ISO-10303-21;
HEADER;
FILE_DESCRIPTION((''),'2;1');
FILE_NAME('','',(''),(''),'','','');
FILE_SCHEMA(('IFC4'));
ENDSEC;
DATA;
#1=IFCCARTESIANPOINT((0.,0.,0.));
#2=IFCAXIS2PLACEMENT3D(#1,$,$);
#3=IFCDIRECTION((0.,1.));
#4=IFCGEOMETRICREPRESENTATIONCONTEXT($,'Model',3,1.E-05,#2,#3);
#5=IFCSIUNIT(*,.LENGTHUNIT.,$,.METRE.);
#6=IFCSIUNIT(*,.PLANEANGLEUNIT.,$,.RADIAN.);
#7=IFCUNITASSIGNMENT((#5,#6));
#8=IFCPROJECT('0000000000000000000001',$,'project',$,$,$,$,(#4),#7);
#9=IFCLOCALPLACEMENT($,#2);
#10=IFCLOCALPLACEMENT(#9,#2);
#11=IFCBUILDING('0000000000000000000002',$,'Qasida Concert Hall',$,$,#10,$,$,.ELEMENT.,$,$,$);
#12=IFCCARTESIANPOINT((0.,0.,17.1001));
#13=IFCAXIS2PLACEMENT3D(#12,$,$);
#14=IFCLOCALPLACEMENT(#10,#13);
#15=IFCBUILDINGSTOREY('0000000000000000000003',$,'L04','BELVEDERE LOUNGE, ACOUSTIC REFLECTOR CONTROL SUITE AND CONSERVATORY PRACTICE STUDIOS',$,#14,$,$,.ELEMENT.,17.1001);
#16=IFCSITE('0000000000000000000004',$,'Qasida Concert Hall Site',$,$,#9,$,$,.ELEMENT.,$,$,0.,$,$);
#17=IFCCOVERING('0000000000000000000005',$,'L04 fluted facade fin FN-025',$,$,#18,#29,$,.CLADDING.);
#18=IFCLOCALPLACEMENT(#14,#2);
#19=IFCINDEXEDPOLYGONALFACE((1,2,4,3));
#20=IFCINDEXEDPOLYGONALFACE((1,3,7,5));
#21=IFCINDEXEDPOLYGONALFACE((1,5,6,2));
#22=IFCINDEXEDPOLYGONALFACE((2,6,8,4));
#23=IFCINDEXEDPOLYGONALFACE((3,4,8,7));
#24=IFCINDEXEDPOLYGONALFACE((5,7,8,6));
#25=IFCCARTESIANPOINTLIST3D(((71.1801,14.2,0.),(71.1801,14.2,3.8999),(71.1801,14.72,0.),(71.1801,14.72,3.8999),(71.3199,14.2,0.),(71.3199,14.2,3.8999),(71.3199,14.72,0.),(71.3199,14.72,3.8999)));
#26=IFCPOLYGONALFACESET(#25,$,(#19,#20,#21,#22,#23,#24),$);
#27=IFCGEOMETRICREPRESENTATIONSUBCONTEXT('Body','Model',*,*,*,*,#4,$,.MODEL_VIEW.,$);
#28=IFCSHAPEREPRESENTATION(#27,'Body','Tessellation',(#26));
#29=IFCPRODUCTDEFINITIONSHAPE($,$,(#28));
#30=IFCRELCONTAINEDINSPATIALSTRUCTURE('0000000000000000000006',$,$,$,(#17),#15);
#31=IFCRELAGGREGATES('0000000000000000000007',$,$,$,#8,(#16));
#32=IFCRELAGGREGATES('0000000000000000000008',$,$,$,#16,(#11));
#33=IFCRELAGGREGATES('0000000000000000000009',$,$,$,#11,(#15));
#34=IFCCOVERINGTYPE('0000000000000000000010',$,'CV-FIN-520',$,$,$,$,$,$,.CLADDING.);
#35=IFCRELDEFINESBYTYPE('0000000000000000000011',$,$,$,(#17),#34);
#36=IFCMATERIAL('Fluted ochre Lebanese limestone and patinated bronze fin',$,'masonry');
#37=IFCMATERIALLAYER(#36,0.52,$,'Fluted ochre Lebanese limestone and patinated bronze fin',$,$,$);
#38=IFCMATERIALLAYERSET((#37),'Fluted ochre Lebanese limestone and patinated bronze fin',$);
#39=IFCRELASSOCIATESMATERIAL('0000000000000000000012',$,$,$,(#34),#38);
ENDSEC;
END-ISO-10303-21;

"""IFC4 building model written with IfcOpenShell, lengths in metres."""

from ifc_helpers import new_model, si_unit, direction, frame, origin, origin_2d, place, context, subcontext, project, spatial, rectangle, extrude, material, layer, layer_set, type_object, element, save


model = new_model("IFC4")

# Units and contexts
model_context = context("Model", 3, precision=1e-05, world=origin(), true_north=direction((0.0, 1.0)))
body_context = subcontext(model_context, "Body", "Model", "MODEL_VIEW")
ifc_project = project(units=[si_unit("LENGTHUNIT", "METRE"), si_unit("PLANEANGLEUNIT", "RADIAN")], contexts=[model_context])

# Site, building, storey
site_placement = place(None, origin())
site = spatial("IfcSite", under=ifc_project, at=site_placement, Name="Qasida Concert Hall Site", CompositionType="ELEMENT", RefElevation=0.0)
building_placement = place(site_placement, origin())
building = spatial("IfcBuilding", under=site, at=building_placement, Name="Qasida Concert Hall", CompositionType="ELEMENT")
storey_placement = place(building_placement, frame((0.0, 0.0, 17.1001)))
storey = spatial("IfcBuildingStorey", under=building, at=storey_placement, Name="L04", Description="BELVEDERE LOUNGE, ACOUSTIC REFLECTOR CONTROL SUITE AND CONSERVATORY PRACTICE STUDIOS", CompositionType="ELEMENT", Elevation=17.1001)

# Covering
ifc_material_1 = material(Name="Fluted ochre Lebanese limestone and patinated bronze fin", Category="masonry")
ifc_layer_1 = layer(ifc_material_1, 0.52, Name="Fluted ochre Lebanese limestone and patinated bronze fin")
ifc_layer_set_1 = layer_set([ifc_layer_1], Name="Fluted ochre Lebanese limestone and patinated bronze fin")
covering_type = type_object("IfcCoveringType", Name="CV-FIN-520", PredefinedType="CLADDING", material=ifc_layer_set_1)
for number, where, z_axis, x_axis, name in (
    (1, (71.25, 14.46, 0.0), (0.0, 0.0, 1.0), (1.0, 0.0, 0.0), "L04 fluted facade fin FN-025"),
):
    element("IfcCovering", number, at=place(storey_placement, frame(where, z_axis=z_axis, x_axis=x_axis)), inside=storey, type_object=covering_type, Name=name, PredefinedType="CLADDING", context=body_context, shape_type="SweptSolid", body=[
        extrude(rectangle(XDim=0.1399, YDim=0.52, at=origin_2d()), origin(), (0.0, 0.0, 1.0), 3.8999),
    ])

save(model, "model.ifc")
